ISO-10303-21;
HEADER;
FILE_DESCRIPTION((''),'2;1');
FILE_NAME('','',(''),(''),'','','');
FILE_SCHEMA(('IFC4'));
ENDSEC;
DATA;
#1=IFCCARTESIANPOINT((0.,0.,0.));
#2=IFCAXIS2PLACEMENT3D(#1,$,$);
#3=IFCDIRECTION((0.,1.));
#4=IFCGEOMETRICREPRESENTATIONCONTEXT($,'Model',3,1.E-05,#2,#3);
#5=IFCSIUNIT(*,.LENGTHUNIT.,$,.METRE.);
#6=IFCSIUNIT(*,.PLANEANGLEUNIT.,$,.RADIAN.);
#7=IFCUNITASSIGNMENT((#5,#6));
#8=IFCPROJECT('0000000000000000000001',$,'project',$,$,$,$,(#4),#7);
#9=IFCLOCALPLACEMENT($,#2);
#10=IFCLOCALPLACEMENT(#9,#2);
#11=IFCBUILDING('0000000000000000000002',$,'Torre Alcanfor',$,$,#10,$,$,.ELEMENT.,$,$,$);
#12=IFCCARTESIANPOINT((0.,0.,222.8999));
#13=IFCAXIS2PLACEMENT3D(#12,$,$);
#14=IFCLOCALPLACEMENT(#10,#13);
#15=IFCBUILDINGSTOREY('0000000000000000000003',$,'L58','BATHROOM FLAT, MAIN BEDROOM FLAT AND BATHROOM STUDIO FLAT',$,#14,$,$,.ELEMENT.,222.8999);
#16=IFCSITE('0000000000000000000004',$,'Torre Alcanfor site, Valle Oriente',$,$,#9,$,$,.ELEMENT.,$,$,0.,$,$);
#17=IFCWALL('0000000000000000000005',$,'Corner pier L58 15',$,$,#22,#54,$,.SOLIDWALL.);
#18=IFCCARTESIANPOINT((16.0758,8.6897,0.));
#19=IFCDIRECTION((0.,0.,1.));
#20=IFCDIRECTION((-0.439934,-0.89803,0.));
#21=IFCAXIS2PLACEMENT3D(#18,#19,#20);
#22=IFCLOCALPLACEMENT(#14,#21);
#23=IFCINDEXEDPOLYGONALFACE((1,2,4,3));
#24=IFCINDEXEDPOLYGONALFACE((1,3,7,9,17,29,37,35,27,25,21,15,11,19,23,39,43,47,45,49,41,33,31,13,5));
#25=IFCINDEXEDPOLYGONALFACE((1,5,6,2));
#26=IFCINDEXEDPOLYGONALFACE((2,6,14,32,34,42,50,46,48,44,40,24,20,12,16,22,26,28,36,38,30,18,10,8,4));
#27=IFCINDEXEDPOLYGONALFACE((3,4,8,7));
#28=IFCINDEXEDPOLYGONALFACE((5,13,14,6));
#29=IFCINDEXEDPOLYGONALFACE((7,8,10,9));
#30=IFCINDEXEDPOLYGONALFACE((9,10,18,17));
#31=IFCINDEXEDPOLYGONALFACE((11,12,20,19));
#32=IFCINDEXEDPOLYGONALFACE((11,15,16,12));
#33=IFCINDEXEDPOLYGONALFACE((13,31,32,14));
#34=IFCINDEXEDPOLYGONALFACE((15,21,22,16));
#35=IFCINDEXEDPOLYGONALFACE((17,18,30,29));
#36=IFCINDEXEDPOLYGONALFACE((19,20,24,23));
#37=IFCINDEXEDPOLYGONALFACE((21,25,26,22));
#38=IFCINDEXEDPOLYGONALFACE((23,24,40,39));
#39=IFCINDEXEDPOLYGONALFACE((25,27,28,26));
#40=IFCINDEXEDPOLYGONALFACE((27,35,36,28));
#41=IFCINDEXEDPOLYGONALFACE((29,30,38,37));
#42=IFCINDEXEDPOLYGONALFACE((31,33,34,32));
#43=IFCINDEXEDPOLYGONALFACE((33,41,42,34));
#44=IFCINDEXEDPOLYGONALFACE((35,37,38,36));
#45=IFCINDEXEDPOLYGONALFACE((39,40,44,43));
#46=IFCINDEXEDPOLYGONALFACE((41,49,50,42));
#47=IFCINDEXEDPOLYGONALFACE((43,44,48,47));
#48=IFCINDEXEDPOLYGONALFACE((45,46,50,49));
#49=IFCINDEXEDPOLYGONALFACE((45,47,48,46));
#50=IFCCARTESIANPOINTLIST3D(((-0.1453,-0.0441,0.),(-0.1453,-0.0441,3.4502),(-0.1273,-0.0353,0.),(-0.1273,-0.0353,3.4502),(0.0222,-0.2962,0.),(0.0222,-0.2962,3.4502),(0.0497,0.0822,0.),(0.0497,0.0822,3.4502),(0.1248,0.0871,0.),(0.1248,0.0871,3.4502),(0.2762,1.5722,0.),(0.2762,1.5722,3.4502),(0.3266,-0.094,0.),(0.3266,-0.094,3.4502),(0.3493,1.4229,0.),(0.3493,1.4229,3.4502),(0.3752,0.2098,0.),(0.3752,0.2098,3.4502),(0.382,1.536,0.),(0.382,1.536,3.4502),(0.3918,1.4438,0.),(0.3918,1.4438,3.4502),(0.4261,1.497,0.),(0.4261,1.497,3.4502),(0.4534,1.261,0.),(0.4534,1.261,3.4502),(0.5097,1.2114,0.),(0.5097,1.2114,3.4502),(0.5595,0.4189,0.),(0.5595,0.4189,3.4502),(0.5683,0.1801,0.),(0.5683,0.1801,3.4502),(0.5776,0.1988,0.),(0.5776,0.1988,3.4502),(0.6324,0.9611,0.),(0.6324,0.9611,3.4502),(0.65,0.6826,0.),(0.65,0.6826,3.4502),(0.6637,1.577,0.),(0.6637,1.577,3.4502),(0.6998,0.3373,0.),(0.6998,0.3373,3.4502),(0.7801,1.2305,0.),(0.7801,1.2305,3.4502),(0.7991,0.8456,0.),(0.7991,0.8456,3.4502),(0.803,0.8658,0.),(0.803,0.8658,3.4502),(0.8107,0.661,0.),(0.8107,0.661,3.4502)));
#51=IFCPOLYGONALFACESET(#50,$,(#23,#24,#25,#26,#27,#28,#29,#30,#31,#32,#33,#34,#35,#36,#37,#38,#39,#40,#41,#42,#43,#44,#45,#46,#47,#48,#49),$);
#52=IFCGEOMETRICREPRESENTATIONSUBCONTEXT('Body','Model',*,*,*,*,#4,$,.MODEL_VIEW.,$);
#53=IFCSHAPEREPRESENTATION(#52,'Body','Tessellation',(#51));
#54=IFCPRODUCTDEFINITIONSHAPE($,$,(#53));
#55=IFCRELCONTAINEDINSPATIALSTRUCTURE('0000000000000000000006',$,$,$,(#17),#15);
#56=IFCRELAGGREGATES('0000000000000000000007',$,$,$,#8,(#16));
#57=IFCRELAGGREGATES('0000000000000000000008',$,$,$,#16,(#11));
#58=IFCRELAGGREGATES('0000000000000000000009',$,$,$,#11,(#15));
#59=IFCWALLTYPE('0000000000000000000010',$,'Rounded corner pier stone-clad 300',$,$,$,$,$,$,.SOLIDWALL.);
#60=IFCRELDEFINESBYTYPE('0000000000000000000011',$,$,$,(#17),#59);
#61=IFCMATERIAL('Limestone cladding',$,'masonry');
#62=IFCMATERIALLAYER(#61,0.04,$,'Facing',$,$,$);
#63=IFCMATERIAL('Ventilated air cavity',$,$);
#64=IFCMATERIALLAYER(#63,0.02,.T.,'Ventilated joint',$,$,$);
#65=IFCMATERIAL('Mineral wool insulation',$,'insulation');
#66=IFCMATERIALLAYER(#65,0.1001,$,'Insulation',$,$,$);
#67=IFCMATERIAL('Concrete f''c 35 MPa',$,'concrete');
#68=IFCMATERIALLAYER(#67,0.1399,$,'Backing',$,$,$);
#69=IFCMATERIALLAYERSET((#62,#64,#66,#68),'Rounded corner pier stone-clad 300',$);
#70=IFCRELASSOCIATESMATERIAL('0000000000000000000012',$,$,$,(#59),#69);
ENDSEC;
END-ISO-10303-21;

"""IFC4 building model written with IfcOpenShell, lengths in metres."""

from ifc_helpers import new_model, si_unit, direction, frame, origin, place, context, subcontext, project, spatial, polyline, outline, extrude, material, layer, layer_set, type_object, element, save


model = new_model("IFC4")

# Units and contexts
model_context = context("Model", 3, precision=1e-05, world=origin(), true_north=direction((0.0, 1.0)))
body_context = subcontext(model_context, "Body", "Model", "MODEL_VIEW")
ifc_project = project(units=[si_unit("LENGTHUNIT", "METRE"), si_unit("PLANEANGLEUNIT", "RADIAN")], contexts=[model_context])

# Site, building, storey
site_placement = place(None, origin())
site = spatial("IfcSite", under=ifc_project, at=site_placement, Name="Torre Alcanfor site, Valle Oriente", CompositionType="ELEMENT", RefElevation=0.0)
building_placement = place(site_placement, origin())
building = spatial("IfcBuilding", under=site, at=building_placement, Name="Torre Alcanfor", CompositionType="ELEMENT")
storey_placement = place(building_placement, frame((0.0, 0.0, 222.8999)))
storey = spatial("IfcBuildingStorey", under=building, at=storey_placement, Name="L58", Description="BATHROOM FLAT, MAIN BEDROOM FLAT AND BATHROOM STUDIO FLAT", CompositionType="ELEMENT", Elevation=222.8999)

# Shared definitions
ifc_material_1 = material(Name="Limestone cladding", Category="masonry")
ifc_material_2 = material(Name="Ventilated air cavity")
ifc_material_3 = material(Name="Mineral wool insulation", Category="insulation")
ifc_material_4 = material(Name="Concrete f'c 35 MPa", Category="concrete")

# Wall
ifc_layer_1 = layer(ifc_material_1, 0.04, Name="Facing")
ifc_layer_2 = layer(ifc_material_2, 0.02, ventilated=True, Name="Ventilated joint")
ifc_layer_3 = layer(ifc_material_3, 0.1001, Name="Insulation")
ifc_layer_4 = layer(ifc_material_4, 0.1399, Name="Backing")
ifc_layer_set_1 = layer_set([ifc_layer_1, ifc_layer_2, ifc_layer_3, ifc_layer_4], Name="Rounded corner pier stone-clad 300")
wall_type_1 = type_object("IfcWallType", Name="Rounded corner pier stone-clad 300", PredefinedType="SOLIDWALL", material=ifc_layer_set_1)
wall_1_placement = place(storey_placement, frame((16.0758, 8.6897, 0.0), z_axis=(0.0, 0.0, 1.0), x_axis=(-0.439934, -0.89803, 0.0)))
element("IfcWall", 1, at=wall_1_placement, inside=storey, type_object=wall_type_1, Name="Corner pier L58 15", PredefinedType="SOLIDWALL", context=body_context, shape_type="SweptSolid", body=[
    extrude(outline(polyline([(0.6637, 1.577), (0.4261, 1.497), (0.382, 1.536), (0.2762, 1.5722), (0.3493, 1.4229), (0.3918, 1.4438), (0.4534, 1.261), (0.5097, 1.2114), (0.6324, 0.9611), (0.65, 0.6826), (0.5595, 0.4189), (0.3752, 0.2098), (0.1248, 0.0871), (0.0497, 0.0822), (-0.1273, -0.0353), (-0.1453, -0.0441), (0.0222, -0.2962), (0.3266, -0.094), (0.5683, 0.1801), (0.5776, 0.1988), (0.6998, 0.3373), (0.8107, 0.661), (0.7991, 0.8456), (0.803, 0.8658), (0.7801, 1.2305), (0.6637, 1.577)])), origin(), (0.0, 0.0, 1.0), 3.4502),
])

save(model, "model.ifc")
